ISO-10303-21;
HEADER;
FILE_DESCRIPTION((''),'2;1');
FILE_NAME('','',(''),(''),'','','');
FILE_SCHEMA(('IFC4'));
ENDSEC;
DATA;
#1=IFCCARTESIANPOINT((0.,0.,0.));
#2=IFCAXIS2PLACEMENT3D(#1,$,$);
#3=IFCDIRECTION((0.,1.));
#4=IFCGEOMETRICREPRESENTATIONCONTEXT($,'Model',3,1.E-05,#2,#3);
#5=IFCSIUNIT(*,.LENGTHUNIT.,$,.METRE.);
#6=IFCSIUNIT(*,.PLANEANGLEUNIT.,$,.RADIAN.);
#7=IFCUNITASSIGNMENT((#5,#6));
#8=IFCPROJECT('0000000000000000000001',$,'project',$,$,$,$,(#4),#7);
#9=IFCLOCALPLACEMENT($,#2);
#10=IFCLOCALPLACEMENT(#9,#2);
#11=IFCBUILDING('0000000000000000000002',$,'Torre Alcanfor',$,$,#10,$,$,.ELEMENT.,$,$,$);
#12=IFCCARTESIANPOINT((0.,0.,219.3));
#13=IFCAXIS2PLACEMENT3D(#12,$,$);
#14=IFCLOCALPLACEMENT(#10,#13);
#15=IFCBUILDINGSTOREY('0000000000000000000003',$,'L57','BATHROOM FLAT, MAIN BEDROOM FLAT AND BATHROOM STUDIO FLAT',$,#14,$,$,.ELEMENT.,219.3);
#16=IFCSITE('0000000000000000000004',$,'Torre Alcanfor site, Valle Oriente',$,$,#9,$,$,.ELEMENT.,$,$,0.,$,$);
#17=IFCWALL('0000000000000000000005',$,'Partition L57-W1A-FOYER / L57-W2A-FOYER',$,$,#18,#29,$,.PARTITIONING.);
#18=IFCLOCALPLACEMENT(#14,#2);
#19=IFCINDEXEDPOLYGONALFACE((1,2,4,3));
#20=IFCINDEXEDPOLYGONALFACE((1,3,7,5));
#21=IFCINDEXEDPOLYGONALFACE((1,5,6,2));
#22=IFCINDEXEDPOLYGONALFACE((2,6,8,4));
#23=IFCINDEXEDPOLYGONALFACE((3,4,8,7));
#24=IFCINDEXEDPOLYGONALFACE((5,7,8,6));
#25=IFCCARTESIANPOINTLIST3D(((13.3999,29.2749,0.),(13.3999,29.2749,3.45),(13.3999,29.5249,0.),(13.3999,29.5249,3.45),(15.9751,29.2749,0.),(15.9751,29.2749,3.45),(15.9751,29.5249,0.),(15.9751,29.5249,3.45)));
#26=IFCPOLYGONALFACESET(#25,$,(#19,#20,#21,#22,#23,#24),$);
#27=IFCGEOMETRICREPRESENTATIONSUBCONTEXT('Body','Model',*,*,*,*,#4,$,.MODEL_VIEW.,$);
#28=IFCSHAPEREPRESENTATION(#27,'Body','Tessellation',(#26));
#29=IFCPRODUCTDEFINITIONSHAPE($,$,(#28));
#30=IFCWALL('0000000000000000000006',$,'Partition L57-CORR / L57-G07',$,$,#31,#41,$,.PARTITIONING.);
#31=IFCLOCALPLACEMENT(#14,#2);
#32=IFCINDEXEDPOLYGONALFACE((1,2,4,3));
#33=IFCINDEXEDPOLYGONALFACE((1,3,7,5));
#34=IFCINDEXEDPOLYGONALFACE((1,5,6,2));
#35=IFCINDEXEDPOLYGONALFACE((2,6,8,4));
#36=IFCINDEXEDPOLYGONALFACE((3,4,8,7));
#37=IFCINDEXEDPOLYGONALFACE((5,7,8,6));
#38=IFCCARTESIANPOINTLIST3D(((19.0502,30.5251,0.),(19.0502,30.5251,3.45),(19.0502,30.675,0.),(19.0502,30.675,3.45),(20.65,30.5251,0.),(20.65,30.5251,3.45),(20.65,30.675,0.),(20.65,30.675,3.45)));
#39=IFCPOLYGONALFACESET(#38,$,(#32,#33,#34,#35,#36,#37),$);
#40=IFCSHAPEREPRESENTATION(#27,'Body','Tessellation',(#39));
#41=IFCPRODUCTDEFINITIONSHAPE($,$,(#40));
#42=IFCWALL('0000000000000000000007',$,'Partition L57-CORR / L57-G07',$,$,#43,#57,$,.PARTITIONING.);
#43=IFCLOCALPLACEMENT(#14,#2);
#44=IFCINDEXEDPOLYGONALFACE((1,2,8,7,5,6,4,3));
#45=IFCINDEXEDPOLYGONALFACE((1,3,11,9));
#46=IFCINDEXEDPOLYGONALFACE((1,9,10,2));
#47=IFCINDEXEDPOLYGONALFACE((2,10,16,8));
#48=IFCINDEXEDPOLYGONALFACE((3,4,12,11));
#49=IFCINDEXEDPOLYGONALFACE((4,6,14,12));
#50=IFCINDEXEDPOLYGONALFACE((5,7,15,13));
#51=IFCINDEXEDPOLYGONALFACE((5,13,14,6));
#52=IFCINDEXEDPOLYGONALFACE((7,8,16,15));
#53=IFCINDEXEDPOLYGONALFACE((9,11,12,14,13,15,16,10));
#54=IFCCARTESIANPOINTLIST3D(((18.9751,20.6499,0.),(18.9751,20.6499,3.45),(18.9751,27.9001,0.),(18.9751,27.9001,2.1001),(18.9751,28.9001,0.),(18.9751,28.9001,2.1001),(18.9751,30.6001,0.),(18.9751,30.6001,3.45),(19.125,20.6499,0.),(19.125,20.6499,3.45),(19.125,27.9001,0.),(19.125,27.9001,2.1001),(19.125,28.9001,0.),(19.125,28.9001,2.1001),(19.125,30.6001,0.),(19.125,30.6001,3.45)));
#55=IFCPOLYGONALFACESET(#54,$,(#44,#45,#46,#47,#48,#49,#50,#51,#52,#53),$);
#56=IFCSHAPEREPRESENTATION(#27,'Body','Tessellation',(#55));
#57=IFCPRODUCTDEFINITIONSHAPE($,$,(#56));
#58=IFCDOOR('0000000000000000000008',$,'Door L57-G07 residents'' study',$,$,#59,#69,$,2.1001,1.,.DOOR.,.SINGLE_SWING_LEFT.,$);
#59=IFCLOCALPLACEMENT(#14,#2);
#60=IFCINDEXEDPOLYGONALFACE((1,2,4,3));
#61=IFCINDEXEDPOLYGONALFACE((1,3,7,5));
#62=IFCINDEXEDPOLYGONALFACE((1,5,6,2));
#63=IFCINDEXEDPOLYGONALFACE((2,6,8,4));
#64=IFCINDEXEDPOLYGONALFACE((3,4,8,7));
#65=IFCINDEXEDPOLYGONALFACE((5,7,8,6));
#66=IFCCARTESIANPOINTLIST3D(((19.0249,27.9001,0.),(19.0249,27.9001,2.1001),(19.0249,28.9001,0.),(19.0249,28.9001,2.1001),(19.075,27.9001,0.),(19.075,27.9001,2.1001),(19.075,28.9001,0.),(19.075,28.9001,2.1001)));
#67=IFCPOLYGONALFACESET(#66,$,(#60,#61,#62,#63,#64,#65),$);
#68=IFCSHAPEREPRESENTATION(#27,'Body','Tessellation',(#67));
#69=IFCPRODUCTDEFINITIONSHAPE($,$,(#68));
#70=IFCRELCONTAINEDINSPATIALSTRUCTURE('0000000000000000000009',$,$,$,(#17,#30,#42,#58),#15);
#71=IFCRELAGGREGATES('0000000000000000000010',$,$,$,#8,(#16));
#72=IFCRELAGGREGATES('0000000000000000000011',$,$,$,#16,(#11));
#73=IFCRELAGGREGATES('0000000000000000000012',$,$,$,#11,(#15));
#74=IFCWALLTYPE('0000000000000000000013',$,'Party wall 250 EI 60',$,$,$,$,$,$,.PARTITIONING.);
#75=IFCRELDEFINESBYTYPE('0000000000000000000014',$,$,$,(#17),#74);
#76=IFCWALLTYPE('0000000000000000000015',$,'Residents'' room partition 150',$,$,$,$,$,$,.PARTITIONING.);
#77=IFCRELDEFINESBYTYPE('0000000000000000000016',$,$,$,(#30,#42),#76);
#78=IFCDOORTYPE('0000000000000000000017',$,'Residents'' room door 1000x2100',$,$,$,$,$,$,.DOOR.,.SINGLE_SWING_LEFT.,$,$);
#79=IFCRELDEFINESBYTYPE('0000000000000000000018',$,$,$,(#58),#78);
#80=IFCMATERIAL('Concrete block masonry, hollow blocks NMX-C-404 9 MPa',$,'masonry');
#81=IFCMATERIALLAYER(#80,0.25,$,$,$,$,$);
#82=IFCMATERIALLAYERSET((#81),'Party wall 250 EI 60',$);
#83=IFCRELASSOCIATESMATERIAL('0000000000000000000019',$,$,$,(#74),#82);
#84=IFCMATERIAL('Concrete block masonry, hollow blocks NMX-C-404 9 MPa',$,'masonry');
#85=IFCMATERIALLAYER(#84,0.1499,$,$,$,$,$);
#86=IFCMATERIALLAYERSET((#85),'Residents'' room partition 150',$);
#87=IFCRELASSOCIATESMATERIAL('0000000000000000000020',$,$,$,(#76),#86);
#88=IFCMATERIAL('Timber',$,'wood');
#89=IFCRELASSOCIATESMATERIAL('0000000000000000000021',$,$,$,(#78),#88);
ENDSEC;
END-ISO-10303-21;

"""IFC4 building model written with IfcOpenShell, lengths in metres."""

from ifc_helpers import new_model, si_unit, direction, frame, frame_2d, origin, place, context, subcontext, project, spatial, rectangle, extrude, material, layer, layer_set, type_object, element, fill, save


model = new_model("IFC4")

# Units and contexts
model_context = context("Model", 3, precision=1e-05, world=origin(), true_north=direction((0.0, 1.0)))
body_context = subcontext(model_context, "Body", "Model", "MODEL_VIEW")
ifc_project = project(units=[si_unit("LENGTHUNIT", "METRE"), si_unit("PLANEANGLEUNIT", "RADIAN")], contexts=[model_context])

# Site, building, storey
site_placement = place(None, origin())
site = spatial("IfcSite", under=ifc_project, at=site_placement, Name="Torre Alcanfor site, Valle Oriente", CompositionType="ELEMENT", RefElevation=0.0)
building_placement = place(site_placement, origin())
building = spatial("IfcBuilding", under=site, at=building_placement, Name="Torre Alcanfor", CompositionType="ELEMENT")
storey_placement = place(building_placement, frame((0.0, 0.0, 219.3)))
storey = spatial("IfcBuildingStorey", under=building, at=storey_placement, Name="L57", Description="BATHROOM FLAT, MAIN BEDROOM FLAT AND BATHROOM STUDIO FLAT", CompositionType="ELEMENT", Elevation=219.3)

# Walls
ifc_material_1 = material(Name="Concrete block masonry, hollow blocks NMX-C-404 9 MPa", Category="masonry")
ifc_layer_1 = layer(ifc_material_1, 0.25)
ifc_layer_set_1 = layer_set([ifc_layer_1], Name="Party wall 250 EI 60")
wall_type_1 = type_object("IfcWallType", Name="Party wall 250 EI 60", PredefinedType="PARTITIONING", material=ifc_layer_set_1)
wall_1_placement = place(storey_placement, frame((15.9751, 29.3999, 0.0), z_axis=(0.0, 0.0, 1.0), x_axis=(-1.0, 0.0, 0.0)))
element("IfcWall", 1, at=wall_1_placement, inside=storey, type_object=wall_type_1, Name="Partition L57-W1A-FOYER / L57-W2A-FOYER", PredefinedType="PARTITIONING", context=body_context, shape_type="SweptSolid", body=[
    extrude(rectangle(XDim=2.5752, YDim=0.25, at=frame_2d((1.2876, 0.0))), origin(), (0.0, 0.0, 1.0), 3.45),
])
ifc_material_2 = material(Name="Concrete block masonry, hollow blocks NMX-C-404 9 MPa", Category="masonry")
ifc_layer_2 = layer(ifc_material_2, 0.1499)
ifc_layer_set_2 = layer_set([ifc_layer_2], Name="Residents' room partition 150")
wall_type_2 = type_object("IfcWallType", Name="Residents' room partition 150", PredefinedType="PARTITIONING", material=ifc_layer_set_2)
wall_2_placement = place(storey_placement, frame((20.6499, 30.6001, 0.0), z_axis=(0.0, 0.0, 1.0), x_axis=(-1.0, 0.0, 0.0)))
element("IfcWall", 2, at=wall_2_placement, inside=storey, type_object=wall_type_2, Name="Partition L57-CORR / L57-G07", PredefinedType="PARTITIONING", context=body_context, shape_type="SweptSolid", body=[
    extrude(rectangle(XDim=1.5999, YDim=0.1499, at=frame_2d((0.7998, 0.0))), origin(), (0.0, 0.0, 1.0), 3.45),
])

# Wall, opening, door
wall_3_placement = place(storey_placement, frame((19.05, 30.6001, 0.0), z_axis=(0.0, 0.0, 1.0), x_axis=(0.0, -1.0, 0.0)))
wall_3 = element("IfcWall", 3, at=wall_3_placement, inside=storey, type_object=wall_type_2, Name="Partition L57-CORR / L57-G07", PredefinedType="PARTITIONING", context=body_context, shape_type="SweptSolid", body=[
    extrude(rectangle(XDim=9.9502, YDim=0.1499, at=frame_2d((4.9751, 0.0))), origin(), (0.0, 0.0, 1.0), 3.45),
])
opening_1_placement = place(wall_3_placement, frame((1.7, 0.0, 0.0)))
opening_1 = element("IfcOpeningElement", 4, at=opening_1_placement, cuts=wall_3, PredefinedType="OPENING", context=body_context, shape_type="SweptSolid", body=[
    extrude(rectangle(XDim=1.0, YDim=2.1001, at=frame_2d((0.5, 1.05))), frame((0.0, 0.085, 0.0), z_axis=(0.0, -1.0, 0.0), x_axis=(1.0, 0.0, 0.0)), (0.0, 0.0, 1.0), 0.1699),
])
ifc_material_3 = material(Name="Timber", Category="wood")
door_type_1 = type_object("IfcDoorType", Name="Residents' room door 1000x2100", OperationType="SINGLE_SWING_LEFT", PredefinedType="DOOR", material=ifc_material_3)
door_1_placement = place(opening_1_placement, origin())
door_1 = element("IfcDoor", 5, at=door_1_placement, inside=storey, type_object=door_type_1, Name="Door L57-G07 residents' study", OperationType="SINGLE_SWING_LEFT", OverallHeight=2.1001, OverallWidth=1.0, PredefinedType="DOOR", context=body_context, shape_type="SweptSolid", body=[
    extrude(rectangle(XDim=1.0, YDim=2.1001, at=frame_2d((0.5, 1.05))), frame((0.0, 0.0249, 0.0), z_axis=(0.0, -1.0, 0.0), x_axis=(1.0, 0.0, 0.0)), (0.0, 0.0, 1.0), 0.05),
])
fill(opening_1, door_1)

save(model, "model.ifc")
